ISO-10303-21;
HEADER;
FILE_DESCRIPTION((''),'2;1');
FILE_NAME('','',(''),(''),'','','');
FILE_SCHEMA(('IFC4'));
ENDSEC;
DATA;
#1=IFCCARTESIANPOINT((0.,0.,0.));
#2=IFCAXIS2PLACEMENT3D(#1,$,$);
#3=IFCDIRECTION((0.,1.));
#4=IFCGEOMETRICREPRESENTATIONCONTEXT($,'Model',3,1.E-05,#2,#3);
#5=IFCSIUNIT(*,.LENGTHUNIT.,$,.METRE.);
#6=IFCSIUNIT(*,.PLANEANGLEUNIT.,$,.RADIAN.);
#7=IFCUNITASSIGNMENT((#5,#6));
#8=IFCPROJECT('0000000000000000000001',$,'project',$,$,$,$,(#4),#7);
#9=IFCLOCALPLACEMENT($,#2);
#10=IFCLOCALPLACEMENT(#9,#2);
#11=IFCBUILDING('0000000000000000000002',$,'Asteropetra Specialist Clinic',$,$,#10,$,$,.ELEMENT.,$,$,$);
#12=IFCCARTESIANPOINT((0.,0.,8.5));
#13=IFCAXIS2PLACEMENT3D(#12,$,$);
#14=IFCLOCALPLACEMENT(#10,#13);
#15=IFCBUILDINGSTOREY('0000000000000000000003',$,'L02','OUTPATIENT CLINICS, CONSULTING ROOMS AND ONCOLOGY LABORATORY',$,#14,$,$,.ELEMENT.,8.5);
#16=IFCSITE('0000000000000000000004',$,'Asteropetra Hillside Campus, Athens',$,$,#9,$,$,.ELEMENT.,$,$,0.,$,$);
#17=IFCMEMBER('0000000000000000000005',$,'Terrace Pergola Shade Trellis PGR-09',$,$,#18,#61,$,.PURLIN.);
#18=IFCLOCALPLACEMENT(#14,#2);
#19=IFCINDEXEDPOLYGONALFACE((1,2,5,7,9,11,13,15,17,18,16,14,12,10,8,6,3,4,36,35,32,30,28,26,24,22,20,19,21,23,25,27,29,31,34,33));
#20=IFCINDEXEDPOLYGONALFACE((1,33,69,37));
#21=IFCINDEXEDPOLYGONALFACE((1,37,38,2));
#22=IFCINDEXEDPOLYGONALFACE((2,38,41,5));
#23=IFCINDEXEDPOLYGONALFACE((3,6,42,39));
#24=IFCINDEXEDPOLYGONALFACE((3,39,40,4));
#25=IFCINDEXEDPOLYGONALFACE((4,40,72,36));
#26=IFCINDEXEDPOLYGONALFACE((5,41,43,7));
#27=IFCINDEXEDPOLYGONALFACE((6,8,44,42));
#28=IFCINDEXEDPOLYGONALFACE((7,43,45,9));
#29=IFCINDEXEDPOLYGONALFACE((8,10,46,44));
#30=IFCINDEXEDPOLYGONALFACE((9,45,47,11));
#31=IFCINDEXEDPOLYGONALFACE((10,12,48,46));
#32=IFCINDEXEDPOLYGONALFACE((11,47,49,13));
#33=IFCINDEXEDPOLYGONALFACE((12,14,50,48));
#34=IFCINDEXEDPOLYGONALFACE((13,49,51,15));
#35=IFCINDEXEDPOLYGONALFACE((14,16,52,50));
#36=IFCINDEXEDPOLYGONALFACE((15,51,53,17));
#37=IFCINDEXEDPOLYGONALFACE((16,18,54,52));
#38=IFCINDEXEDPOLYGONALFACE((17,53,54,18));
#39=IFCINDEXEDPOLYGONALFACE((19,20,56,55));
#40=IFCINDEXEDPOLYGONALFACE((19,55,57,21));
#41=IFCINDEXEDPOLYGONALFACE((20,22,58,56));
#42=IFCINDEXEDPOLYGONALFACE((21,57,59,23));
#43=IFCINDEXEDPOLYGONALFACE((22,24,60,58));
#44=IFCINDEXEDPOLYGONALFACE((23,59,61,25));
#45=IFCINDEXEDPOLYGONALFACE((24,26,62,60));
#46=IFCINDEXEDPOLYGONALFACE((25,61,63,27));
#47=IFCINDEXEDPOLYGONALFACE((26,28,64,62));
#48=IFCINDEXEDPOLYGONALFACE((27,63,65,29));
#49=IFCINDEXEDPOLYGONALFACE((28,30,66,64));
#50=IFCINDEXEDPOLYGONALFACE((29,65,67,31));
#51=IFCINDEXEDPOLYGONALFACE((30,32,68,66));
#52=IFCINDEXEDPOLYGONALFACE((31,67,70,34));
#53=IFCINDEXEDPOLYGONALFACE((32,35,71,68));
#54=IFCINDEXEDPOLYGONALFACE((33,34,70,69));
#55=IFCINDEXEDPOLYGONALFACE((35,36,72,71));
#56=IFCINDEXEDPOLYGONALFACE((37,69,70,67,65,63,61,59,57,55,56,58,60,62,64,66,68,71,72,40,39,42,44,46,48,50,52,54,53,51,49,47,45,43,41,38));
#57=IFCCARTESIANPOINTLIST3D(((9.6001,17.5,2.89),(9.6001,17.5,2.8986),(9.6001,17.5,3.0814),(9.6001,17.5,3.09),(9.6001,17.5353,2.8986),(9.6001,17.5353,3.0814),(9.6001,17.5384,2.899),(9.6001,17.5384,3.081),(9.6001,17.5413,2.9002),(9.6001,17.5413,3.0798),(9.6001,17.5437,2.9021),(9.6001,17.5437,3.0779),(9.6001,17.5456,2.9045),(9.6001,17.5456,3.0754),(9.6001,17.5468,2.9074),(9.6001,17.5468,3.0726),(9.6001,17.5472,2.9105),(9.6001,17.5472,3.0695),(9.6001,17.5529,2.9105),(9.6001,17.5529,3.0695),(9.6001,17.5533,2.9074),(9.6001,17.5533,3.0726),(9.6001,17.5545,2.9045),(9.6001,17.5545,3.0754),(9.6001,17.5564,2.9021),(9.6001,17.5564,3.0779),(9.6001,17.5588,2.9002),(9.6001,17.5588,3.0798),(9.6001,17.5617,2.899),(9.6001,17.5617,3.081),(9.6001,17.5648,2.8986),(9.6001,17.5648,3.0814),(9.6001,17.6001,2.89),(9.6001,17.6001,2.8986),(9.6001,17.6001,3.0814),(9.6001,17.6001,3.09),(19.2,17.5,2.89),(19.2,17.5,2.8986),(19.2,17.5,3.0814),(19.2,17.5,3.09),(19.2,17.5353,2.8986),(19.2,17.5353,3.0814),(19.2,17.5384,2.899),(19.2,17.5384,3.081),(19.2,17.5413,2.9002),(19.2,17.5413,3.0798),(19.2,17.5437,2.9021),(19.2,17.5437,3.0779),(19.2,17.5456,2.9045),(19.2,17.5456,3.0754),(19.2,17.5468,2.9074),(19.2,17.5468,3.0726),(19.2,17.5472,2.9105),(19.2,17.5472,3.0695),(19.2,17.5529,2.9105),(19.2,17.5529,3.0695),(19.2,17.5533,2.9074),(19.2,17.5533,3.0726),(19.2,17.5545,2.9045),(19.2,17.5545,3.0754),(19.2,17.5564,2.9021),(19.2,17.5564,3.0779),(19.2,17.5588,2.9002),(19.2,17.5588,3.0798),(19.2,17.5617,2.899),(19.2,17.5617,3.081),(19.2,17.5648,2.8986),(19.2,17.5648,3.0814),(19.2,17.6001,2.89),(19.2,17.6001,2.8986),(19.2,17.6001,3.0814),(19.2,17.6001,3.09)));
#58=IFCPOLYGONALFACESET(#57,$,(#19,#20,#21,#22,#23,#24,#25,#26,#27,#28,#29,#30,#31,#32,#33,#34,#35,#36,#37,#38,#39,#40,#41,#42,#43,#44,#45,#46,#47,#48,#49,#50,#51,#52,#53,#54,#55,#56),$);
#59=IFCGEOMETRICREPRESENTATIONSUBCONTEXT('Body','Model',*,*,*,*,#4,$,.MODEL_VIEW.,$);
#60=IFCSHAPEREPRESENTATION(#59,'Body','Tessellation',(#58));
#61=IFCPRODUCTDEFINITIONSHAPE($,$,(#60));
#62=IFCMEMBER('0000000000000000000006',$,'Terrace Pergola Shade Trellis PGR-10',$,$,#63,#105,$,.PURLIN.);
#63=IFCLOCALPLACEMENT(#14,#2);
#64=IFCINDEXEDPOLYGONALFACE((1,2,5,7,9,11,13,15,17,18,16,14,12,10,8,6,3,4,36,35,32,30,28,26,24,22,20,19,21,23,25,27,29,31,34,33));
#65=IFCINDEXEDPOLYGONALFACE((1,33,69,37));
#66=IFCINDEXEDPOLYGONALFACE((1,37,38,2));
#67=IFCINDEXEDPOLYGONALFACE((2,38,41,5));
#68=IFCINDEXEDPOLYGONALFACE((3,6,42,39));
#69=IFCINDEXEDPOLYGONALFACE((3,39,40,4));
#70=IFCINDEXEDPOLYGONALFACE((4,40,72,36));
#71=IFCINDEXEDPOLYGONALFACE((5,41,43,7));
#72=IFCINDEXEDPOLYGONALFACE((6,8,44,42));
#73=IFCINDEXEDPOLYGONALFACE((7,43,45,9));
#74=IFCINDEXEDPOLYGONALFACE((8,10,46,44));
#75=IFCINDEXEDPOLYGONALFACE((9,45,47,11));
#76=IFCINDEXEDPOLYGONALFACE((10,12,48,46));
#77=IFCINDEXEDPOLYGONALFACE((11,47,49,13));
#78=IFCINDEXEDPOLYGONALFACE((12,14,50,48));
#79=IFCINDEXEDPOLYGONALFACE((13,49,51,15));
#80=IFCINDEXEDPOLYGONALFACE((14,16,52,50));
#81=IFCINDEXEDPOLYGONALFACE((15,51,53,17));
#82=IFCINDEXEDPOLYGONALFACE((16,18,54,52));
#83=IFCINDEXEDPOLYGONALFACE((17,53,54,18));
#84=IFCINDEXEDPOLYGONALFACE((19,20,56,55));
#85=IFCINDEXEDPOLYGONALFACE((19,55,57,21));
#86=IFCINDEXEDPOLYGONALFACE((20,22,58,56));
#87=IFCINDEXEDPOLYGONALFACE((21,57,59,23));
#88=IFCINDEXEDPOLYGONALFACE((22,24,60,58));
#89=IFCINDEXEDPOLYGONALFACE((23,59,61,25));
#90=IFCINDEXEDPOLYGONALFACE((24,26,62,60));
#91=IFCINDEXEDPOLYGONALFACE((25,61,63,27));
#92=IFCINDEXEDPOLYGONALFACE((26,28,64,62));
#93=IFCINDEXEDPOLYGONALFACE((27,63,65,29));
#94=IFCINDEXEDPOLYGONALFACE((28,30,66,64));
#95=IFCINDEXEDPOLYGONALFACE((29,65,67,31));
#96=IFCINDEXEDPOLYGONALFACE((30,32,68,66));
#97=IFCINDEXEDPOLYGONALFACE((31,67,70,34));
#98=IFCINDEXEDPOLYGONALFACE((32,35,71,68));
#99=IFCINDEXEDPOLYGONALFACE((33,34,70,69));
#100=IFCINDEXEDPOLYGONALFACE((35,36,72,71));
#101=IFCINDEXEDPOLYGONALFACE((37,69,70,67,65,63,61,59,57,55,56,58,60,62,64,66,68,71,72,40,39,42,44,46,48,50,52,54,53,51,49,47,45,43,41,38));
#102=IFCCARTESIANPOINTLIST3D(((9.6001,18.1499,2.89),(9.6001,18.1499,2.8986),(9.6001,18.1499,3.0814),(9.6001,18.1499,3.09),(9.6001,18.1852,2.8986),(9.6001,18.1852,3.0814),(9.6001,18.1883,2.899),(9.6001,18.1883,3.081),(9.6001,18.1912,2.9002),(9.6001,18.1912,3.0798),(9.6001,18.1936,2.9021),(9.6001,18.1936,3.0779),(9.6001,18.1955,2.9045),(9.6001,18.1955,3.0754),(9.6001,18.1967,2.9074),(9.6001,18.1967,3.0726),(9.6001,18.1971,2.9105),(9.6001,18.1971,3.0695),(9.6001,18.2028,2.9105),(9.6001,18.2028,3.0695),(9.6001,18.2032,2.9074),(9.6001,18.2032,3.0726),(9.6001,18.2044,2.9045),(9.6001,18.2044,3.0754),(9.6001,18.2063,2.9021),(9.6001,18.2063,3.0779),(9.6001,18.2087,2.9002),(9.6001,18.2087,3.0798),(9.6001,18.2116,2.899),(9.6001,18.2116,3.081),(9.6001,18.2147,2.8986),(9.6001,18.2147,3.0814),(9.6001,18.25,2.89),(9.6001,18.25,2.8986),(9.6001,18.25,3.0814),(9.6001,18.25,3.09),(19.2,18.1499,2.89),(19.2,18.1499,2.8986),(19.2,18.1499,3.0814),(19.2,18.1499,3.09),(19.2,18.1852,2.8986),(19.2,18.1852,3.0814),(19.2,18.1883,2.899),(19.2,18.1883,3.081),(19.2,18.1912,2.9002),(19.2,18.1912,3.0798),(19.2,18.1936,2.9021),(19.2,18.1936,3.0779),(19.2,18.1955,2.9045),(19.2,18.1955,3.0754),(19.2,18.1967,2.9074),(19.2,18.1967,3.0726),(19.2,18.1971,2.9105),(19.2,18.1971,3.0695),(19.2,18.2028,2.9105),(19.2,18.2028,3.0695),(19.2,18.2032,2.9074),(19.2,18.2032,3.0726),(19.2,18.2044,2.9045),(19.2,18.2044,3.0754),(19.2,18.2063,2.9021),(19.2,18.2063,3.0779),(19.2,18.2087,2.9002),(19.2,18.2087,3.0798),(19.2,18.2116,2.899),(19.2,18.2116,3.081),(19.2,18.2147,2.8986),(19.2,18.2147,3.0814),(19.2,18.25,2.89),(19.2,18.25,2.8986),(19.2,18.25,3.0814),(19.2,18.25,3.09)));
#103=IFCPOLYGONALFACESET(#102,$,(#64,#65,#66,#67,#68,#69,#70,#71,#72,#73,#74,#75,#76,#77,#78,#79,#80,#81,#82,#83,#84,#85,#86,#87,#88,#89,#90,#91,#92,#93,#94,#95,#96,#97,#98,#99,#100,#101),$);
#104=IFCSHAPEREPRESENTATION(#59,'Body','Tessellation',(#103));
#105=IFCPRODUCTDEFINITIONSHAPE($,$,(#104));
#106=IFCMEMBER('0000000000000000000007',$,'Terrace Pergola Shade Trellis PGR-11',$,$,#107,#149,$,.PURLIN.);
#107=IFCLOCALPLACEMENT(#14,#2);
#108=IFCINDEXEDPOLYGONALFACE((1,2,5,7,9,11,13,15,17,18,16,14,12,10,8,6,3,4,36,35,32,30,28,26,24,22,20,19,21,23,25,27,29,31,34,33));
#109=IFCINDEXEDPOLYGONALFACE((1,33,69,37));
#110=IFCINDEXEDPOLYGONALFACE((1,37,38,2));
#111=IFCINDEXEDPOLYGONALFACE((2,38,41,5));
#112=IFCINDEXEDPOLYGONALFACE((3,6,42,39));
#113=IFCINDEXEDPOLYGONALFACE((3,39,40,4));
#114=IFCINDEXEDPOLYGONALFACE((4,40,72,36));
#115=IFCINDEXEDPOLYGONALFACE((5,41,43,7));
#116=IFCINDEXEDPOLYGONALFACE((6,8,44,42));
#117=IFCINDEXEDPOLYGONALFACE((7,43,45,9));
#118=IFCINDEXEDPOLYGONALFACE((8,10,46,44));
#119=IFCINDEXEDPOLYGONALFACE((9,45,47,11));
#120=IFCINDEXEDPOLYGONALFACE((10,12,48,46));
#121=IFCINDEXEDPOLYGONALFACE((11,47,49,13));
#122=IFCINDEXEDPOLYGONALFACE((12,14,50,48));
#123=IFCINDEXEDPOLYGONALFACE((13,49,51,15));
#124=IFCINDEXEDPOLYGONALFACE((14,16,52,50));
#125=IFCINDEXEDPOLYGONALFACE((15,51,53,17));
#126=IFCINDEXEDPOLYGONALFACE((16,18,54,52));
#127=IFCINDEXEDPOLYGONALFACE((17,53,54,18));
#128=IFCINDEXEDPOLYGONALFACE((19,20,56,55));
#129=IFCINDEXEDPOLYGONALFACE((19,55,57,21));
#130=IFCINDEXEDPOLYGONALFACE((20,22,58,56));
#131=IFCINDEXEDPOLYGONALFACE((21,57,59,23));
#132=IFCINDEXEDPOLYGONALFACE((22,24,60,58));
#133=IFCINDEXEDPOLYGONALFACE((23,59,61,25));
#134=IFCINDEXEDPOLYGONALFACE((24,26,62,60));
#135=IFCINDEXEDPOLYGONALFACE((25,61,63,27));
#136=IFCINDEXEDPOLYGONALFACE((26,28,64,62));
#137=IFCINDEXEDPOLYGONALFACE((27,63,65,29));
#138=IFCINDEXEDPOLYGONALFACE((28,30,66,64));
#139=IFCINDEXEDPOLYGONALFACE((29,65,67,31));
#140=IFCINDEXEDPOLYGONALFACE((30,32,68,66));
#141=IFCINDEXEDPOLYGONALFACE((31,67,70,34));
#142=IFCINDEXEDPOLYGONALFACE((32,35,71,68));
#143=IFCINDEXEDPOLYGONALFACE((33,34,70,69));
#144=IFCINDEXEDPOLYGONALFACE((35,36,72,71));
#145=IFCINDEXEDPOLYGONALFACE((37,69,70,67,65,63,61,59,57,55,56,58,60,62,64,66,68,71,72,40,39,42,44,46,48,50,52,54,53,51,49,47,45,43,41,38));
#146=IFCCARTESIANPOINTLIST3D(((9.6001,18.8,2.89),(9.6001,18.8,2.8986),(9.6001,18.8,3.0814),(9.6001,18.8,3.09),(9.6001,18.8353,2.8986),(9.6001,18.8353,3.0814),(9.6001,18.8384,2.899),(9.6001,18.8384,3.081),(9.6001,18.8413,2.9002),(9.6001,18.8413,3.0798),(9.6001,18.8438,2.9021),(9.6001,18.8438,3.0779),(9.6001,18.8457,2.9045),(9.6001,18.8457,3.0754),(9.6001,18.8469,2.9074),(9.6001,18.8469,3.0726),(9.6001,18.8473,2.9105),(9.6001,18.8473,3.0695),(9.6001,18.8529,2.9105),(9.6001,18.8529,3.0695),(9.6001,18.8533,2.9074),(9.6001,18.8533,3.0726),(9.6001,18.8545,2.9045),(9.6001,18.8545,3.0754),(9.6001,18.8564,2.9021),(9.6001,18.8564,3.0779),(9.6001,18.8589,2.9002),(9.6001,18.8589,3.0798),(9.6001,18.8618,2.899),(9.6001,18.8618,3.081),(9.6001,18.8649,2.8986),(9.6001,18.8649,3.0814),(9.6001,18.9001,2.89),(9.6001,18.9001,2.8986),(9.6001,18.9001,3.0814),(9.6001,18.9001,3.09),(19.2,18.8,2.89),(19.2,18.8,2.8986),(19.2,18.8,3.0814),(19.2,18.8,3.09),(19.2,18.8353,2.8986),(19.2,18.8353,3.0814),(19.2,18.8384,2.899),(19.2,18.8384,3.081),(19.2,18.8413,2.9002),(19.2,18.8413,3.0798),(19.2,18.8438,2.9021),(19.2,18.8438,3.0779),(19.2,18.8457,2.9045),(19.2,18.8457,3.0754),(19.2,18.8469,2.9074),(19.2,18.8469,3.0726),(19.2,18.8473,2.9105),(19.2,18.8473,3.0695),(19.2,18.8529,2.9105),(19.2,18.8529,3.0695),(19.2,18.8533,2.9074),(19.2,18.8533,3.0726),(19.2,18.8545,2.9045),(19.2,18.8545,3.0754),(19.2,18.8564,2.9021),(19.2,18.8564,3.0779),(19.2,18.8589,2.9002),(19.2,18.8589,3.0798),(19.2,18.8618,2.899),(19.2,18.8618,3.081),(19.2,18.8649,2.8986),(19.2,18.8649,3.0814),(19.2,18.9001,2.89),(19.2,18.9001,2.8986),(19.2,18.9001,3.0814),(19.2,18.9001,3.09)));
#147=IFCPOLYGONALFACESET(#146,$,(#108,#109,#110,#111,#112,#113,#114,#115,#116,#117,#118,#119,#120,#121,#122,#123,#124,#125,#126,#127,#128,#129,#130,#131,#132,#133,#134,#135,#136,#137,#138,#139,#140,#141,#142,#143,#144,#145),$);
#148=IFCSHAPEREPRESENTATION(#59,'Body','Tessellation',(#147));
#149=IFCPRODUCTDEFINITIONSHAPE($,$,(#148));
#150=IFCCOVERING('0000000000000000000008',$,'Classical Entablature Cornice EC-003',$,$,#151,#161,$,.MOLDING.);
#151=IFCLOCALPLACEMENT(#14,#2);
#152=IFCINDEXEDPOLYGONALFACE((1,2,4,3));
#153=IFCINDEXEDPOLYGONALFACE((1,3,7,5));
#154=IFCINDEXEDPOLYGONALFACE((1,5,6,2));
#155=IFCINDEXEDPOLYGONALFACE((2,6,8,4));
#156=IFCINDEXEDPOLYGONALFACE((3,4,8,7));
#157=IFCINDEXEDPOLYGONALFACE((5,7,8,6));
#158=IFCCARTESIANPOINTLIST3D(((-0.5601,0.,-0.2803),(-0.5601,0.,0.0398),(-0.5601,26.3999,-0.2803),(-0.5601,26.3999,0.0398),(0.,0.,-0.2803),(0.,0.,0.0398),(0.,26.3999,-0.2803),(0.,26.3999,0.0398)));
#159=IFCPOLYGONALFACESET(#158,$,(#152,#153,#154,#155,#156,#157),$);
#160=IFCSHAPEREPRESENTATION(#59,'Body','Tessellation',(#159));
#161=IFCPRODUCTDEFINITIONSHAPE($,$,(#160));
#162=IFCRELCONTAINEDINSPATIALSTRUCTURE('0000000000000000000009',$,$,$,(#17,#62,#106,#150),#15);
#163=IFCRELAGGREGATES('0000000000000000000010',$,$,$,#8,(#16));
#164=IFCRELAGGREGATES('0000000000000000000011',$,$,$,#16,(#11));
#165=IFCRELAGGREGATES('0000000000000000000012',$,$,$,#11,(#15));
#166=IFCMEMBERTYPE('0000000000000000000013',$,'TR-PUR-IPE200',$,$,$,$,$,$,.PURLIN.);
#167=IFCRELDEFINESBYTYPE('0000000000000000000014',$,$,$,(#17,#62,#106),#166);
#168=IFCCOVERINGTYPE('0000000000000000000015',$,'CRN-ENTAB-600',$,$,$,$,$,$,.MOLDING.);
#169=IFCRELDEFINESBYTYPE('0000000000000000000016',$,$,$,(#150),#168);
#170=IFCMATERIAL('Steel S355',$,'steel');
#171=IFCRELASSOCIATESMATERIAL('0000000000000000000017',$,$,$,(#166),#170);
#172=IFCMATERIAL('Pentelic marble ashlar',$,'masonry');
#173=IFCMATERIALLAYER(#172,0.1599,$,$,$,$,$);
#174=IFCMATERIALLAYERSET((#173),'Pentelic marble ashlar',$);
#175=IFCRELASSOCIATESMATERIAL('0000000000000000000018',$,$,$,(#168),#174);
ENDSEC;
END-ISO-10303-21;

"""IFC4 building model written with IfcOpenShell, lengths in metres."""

from ifc_helpers import new_model, si_unit, direction, frame, origin, origin_2d, place, context, subcontext, project, spatial, rectangle, i_section, extrude, material, layer, layer_set, material_profile, profile_set, type_object, element, save


model = new_model("IFC4")

# Units and contexts
model_context = context("Model", 3, precision=1e-05, world=origin(), true_north=direction((0.0, 1.0)))
body_context = subcontext(model_context, "Body", "Model", "MODEL_VIEW")
ifc_project = project(units=[si_unit("LENGTHUNIT", "METRE"), si_unit("PLANEANGLEUNIT", "RADIAN")], contexts=[model_context])

# Site, building, storey
site_placement = place(None, origin())
site = spatial("IfcSite", under=ifc_project, at=site_placement, Name="Asteropetra Hillside Campus, Athens", CompositionType="ELEMENT", RefElevation=0.0)
building_placement = place(site_placement, origin())
building = spatial("IfcBuilding", under=site, at=building_placement, Name="Asteropetra Specialist Clinic", CompositionType="ELEMENT")
storey_placement = place(building_placement, frame((0.0, 0.0, 8.5)))
storey = spatial("IfcBuildingStorey", under=building, at=storey_placement, Name="L02", Description="OUTPATIENT CLINICS, CONSULTING ROOMS AND ONCOLOGY LABORATORY", CompositionType="ELEMENT", Elevation=8.5)

# Members
ifc_material_1 = material(Name="Steel S355", Category="steel")
ifc_material_profile_1 = material_profile(ifc_material_1, i_section(OverallWidth=0.1001, OverallDepth=0.2, WebThickness=0.0056, FlangeThickness=0.0085, FilletRadius=0.012, at=origin_2d()), Name="IPE 200")
ifc_profile_set_1 = profile_set([ifc_material_profile_1], Name="Steel S355")
member_type = type_object("IfcMemberType", Name="TR-PUR-IPE200", PredefinedType="PURLIN", material=ifc_profile_set_1)
for number, where, z_axis, x_axis, name in (
    (1, (9.6001, 17.55, 2.99), (1.0, 0.0, 0.0), (0.0, 1.0, 0.0), "Terrace Pergola Shade Trellis PGR-09"),
    (2, (9.6001, 18.2, 2.99), (1.0, 0.0, 0.0), (0.0, 1.0, 0.0), "Terrace Pergola Shade Trellis PGR-10"),
    (3, (9.6001, 18.8501, 2.99), (1.0, 0.0, 0.0), (0.0, 1.0, 0.0), "Terrace Pergola Shade Trellis PGR-11"),
):
    element("IfcMember", number, at=place(storey_placement, frame(where, z_axis=z_axis, x_axis=x_axis)), inside=storey, type_object=member_type, Name=name, PredefinedType="PURLIN", context=body_context, shape_type="SweptSolid", body=[
        extrude(i_section(OverallWidth=0.1001, OverallDepth=0.2, WebThickness=0.0056, FlangeThickness=0.0085, FilletRadius=0.012, at=origin_2d()), origin(), (0.0, 0.0, 1.0), 9.5999),
    ])

# Covering
ifc_material_2 = material(Name="Pentelic marble ashlar", Category="masonry")
ifc_layer = layer(ifc_material_2, 0.1599)
ifc_layer_set = layer_set([ifc_layer], Name="Pentelic marble ashlar")
covering_type = type_object("IfcCoveringType", Name="CRN-ENTAB-600", PredefinedType="MOLDING", material=ifc_layer_set)
covering_placement = place(storey_placement, frame((-0.28, 13.2, -0.2803), z_axis=(0.0, 0.0, 1.0), x_axis=(1.0, 0.0, 0.0)))
element("IfcCovering", 4, at=covering_placement, inside=storey, type_object=covering_type, Name="Classical Entablature Cornice EC-003", PredefinedType="MOLDING", context=body_context, shape_type="SweptSolid", body=[
    extrude(rectangle(XDim=0.5601, YDim=26.3999, at=origin_2d()), origin(), (0.0, 0.0, 1.0), 0.3201),
])

save(model, "model.ifc")
